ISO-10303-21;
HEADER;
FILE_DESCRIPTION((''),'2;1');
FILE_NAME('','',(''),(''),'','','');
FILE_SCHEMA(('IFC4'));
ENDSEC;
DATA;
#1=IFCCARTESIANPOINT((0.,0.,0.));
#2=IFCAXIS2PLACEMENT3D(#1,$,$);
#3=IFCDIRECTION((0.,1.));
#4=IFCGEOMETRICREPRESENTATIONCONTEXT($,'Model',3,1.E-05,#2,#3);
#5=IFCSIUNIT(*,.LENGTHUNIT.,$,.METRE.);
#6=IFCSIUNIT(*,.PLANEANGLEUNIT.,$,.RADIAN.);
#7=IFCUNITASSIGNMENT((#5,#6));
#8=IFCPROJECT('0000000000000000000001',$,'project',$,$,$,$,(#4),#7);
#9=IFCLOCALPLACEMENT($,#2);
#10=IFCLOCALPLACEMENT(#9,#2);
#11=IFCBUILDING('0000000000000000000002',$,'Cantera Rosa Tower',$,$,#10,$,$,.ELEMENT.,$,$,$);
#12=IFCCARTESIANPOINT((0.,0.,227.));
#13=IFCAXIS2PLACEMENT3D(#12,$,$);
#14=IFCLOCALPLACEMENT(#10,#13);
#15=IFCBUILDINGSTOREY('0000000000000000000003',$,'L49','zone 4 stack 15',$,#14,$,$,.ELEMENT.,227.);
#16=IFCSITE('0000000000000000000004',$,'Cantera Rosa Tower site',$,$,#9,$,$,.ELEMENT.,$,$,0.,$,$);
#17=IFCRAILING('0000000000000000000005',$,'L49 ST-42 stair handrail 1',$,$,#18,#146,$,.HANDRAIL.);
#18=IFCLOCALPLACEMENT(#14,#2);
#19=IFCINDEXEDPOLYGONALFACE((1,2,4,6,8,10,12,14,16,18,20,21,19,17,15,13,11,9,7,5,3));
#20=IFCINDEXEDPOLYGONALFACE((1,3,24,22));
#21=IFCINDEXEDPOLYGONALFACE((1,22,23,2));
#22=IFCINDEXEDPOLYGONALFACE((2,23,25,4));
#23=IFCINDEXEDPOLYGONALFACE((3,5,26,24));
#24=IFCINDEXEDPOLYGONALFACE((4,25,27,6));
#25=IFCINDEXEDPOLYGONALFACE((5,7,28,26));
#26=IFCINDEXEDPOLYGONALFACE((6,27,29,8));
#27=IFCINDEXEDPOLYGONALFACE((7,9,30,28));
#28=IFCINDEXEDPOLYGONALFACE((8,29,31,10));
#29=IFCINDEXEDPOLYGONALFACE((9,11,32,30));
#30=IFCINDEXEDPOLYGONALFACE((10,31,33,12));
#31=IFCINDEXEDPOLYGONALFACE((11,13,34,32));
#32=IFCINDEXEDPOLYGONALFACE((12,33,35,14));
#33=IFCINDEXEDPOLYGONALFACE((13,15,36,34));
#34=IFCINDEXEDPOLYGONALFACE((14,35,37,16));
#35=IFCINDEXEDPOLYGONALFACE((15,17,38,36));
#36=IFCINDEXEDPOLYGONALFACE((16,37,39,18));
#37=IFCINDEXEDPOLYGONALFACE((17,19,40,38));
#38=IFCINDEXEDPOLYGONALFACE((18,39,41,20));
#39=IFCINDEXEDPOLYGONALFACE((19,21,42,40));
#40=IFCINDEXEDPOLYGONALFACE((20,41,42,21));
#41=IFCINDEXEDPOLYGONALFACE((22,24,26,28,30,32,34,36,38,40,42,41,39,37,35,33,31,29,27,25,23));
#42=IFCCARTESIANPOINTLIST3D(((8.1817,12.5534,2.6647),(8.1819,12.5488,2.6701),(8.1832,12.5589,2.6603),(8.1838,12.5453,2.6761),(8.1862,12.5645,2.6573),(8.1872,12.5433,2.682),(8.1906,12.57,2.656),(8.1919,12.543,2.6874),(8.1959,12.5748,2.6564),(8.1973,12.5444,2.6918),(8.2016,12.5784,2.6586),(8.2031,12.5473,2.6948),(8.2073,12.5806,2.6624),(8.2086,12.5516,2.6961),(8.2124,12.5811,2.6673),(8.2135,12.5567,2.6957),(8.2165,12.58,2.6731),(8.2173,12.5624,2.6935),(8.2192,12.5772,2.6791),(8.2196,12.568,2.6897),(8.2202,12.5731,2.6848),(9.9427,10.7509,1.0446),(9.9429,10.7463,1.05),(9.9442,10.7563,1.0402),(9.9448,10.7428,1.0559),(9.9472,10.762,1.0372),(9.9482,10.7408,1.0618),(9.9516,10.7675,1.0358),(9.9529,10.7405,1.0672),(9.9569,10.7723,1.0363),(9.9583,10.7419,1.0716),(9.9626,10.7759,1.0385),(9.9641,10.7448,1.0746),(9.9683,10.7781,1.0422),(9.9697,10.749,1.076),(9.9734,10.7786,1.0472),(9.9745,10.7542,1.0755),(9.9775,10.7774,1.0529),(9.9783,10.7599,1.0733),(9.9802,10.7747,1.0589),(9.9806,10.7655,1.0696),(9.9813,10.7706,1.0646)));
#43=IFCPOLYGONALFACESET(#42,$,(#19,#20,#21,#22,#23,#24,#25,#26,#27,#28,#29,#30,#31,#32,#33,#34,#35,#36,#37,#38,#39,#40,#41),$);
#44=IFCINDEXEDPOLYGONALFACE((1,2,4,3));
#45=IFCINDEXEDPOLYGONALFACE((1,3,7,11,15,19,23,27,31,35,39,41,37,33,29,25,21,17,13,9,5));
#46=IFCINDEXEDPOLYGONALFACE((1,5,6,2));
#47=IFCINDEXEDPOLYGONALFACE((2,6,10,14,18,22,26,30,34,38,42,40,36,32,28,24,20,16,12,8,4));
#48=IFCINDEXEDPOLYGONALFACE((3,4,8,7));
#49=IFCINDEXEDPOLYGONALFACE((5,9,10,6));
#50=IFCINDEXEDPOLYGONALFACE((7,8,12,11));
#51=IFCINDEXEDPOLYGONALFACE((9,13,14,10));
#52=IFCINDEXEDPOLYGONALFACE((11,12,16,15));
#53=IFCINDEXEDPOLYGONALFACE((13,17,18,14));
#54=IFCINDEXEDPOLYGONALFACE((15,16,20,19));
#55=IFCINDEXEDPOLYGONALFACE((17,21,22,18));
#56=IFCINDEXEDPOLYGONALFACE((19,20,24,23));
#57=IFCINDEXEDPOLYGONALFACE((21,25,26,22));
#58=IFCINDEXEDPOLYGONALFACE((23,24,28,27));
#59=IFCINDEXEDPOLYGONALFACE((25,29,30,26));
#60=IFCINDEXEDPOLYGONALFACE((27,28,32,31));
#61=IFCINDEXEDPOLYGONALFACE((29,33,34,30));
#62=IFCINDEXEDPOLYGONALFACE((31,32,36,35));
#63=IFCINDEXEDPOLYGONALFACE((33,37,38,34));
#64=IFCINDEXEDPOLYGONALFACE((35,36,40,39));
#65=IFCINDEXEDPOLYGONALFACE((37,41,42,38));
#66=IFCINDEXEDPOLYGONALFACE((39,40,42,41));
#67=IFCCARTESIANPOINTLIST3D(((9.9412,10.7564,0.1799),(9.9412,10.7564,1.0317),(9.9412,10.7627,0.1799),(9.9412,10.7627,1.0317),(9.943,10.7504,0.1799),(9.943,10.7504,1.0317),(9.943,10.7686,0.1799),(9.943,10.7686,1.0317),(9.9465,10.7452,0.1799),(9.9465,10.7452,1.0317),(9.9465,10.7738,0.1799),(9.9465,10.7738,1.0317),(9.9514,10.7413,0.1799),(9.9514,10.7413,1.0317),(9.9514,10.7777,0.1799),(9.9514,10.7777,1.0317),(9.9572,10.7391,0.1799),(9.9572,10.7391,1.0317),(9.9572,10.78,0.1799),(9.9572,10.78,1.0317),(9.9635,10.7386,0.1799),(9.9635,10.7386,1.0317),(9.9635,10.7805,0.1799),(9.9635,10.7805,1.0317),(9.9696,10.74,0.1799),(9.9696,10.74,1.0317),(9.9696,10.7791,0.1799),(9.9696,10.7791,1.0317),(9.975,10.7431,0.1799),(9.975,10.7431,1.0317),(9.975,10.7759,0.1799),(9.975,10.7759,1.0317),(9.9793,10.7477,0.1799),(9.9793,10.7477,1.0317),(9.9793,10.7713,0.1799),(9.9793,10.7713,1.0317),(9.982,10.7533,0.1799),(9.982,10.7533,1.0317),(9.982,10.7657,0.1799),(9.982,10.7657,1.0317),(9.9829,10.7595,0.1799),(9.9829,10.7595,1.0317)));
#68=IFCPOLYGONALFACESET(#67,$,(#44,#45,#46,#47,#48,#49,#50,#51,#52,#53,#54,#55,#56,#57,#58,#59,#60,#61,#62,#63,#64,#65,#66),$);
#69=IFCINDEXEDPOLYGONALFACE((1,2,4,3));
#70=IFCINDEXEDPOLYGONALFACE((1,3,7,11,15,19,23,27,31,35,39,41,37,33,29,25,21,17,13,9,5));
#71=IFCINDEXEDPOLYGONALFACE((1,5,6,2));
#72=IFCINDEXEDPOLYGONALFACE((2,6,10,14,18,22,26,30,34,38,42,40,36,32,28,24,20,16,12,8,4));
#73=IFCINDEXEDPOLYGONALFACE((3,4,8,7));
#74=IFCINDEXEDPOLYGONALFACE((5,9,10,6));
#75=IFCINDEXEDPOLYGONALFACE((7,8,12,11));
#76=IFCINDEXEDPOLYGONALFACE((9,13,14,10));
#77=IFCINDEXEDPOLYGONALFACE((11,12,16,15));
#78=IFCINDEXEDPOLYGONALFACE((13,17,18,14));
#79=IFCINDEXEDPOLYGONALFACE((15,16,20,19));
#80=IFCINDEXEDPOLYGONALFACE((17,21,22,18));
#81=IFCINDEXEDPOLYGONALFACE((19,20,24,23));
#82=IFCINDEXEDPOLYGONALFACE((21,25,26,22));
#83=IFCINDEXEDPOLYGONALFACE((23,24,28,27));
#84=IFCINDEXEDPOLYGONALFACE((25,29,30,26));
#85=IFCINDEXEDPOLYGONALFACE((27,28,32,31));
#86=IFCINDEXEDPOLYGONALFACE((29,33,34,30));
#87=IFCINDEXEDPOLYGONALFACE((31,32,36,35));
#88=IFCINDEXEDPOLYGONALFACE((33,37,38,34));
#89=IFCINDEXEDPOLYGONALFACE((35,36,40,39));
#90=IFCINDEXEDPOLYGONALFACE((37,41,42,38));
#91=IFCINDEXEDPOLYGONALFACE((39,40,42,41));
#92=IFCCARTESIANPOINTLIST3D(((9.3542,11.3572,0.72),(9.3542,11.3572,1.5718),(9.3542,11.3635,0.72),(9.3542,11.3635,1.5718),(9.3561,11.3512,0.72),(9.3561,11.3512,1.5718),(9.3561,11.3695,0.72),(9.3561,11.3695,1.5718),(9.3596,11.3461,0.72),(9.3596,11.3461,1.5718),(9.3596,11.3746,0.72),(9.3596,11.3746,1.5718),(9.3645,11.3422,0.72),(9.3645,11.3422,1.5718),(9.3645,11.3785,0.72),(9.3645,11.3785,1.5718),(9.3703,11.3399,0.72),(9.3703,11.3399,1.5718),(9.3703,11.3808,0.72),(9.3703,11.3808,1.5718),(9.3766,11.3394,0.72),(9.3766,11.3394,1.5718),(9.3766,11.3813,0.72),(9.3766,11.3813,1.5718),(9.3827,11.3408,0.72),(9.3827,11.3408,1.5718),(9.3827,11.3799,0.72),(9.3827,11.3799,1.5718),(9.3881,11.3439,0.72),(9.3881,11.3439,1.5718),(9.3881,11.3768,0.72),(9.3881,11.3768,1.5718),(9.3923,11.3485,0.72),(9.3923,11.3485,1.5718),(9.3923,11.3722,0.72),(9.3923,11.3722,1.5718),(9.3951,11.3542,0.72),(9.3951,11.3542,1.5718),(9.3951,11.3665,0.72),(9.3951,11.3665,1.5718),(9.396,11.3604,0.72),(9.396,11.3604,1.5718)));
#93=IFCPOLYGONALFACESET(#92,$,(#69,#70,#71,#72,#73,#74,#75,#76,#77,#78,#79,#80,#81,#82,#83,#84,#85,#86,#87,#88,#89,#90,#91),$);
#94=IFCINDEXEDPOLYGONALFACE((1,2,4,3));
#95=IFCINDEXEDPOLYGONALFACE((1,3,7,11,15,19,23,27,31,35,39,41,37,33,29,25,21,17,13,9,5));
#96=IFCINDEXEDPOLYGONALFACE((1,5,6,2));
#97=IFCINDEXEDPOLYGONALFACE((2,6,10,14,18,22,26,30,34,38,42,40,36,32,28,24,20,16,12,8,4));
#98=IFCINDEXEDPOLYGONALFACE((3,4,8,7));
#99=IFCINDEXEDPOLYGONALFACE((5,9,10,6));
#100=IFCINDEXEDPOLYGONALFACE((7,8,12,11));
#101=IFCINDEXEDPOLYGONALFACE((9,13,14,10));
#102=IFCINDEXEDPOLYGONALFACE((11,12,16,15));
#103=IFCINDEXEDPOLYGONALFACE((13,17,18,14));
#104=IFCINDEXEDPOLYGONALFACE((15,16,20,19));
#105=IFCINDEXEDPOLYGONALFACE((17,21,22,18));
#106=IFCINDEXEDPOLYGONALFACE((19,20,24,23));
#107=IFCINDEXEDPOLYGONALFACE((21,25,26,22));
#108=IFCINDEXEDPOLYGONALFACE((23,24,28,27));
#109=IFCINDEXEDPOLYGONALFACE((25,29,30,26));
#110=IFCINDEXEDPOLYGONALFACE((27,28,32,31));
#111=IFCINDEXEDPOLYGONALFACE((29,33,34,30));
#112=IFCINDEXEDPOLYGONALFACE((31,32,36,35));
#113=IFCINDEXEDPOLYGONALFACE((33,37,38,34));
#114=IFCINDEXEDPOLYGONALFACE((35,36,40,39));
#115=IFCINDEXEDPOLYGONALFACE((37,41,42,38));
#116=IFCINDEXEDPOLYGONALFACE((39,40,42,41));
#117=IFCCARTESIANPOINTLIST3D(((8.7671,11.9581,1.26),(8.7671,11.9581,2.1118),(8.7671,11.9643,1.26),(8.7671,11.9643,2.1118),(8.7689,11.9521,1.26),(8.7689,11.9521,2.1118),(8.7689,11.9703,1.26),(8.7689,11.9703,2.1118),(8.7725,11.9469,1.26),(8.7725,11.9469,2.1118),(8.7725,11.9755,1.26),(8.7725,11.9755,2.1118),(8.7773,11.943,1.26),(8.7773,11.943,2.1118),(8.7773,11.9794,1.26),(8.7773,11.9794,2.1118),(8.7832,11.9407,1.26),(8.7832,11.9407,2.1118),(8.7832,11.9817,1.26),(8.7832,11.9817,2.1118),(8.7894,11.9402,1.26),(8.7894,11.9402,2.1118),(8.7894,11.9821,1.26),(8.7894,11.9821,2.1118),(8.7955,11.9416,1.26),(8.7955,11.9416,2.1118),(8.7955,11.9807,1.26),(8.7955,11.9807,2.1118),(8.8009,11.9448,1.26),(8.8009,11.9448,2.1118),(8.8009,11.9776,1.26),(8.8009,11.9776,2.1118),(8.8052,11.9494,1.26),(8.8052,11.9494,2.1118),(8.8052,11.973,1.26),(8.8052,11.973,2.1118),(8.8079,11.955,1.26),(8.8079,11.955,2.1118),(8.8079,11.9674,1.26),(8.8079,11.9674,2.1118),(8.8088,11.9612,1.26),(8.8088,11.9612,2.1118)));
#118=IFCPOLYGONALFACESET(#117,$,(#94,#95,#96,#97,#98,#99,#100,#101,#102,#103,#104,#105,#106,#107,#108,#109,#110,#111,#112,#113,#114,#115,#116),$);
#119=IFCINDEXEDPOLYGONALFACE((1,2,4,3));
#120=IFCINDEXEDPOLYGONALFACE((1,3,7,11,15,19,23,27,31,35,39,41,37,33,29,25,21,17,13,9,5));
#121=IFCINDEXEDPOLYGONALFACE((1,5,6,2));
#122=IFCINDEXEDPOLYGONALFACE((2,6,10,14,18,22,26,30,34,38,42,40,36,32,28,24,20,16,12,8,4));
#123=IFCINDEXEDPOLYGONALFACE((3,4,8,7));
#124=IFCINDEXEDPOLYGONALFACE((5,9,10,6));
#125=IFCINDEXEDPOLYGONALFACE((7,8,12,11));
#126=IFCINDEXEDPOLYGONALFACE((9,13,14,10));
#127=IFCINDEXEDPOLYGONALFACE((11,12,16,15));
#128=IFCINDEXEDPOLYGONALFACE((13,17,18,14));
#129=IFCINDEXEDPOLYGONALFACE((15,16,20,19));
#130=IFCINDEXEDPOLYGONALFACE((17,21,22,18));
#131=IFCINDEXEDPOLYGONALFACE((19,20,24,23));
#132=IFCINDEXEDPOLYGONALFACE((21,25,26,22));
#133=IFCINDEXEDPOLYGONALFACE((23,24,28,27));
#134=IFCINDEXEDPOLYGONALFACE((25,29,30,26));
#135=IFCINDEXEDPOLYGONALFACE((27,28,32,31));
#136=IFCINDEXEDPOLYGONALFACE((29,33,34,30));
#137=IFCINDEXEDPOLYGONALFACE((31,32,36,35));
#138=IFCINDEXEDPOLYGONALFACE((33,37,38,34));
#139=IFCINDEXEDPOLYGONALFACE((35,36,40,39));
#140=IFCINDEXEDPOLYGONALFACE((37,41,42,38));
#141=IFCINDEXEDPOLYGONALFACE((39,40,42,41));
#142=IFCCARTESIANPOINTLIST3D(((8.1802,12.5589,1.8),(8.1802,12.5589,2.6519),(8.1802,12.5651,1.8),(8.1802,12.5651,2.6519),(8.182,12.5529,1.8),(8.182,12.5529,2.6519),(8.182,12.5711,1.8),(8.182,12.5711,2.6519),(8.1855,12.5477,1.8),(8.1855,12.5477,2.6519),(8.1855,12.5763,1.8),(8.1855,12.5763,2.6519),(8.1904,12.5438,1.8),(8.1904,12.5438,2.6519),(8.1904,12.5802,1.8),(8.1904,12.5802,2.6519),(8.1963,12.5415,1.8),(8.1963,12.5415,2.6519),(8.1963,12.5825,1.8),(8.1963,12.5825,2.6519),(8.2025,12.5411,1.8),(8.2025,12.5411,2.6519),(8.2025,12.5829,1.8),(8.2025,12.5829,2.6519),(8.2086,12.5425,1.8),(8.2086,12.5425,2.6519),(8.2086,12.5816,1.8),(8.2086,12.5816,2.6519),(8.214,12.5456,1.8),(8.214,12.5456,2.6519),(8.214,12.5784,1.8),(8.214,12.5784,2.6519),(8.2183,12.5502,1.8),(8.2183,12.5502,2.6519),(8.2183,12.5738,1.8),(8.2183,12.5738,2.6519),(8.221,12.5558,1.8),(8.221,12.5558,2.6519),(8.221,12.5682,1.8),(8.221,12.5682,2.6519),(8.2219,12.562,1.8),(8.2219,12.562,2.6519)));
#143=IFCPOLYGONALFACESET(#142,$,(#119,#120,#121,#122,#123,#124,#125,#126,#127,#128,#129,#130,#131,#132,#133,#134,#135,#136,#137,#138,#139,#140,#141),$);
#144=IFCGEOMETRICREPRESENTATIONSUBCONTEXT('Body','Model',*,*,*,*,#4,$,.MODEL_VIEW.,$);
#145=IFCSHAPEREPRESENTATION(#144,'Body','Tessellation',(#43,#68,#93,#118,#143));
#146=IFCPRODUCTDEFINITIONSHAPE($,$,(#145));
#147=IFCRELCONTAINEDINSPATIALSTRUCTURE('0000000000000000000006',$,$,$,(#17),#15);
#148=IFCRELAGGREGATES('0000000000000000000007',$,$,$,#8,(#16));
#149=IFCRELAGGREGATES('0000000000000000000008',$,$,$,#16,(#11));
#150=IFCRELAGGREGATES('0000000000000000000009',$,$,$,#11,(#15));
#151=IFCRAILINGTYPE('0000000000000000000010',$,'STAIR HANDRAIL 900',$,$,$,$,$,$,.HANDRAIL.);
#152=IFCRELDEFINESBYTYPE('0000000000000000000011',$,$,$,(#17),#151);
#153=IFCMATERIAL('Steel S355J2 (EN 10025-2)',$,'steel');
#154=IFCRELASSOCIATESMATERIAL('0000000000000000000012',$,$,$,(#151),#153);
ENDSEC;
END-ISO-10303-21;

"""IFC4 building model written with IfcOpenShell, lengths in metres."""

from ifc_helpers import new_model, si_unit, direction, frame, origin, origin_2d, place, context, subcontext, project, spatial, circle, extrude, material, type_object, element, save


model = new_model("IFC4")

# Units and contexts
model_context = context("Model", 3, precision=1e-05, world=origin(), true_north=direction((0.0, 1.0)))
body_context = subcontext(model_context, "Body", "Model", "MODEL_VIEW")
ifc_project = project(units=[si_unit("LENGTHUNIT", "METRE"), si_unit("PLANEANGLEUNIT", "RADIAN")], contexts=[model_context])

# Site, building, storey
site_placement = place(None, origin())
site = spatial("IfcSite", under=ifc_project, at=site_placement, Name="Cantera Rosa Tower site", CompositionType="ELEMENT", RefElevation=0.0)
building_placement = place(site_placement, origin())
building = spatial("IfcBuilding", under=site, at=building_placement, Name="Cantera Rosa Tower", CompositionType="ELEMENT")
storey_placement = place(building_placement, frame((0.0, 0.0, 227.0)))
storey = spatial("IfcBuildingStorey", under=building, at=storey_placement, Name="L49", Description="zone 4 stack 15", CompositionType="ELEMENT", Elevation=227.0)

# Railing
ifc_material_1 = material(Name="Steel S355J2 (EN 10025-2)", Category="steel")
railing_type_1 = type_object("IfcRailingType", Name="STAIR HANDRAIL 900", PredefinedType="HANDRAIL", material=ifc_material_1)
railing_1_placement = place(storey_placement, frame((9.9619, 10.7595, 0.1799)))
element("IfcRailing", 1, at=railing_1_placement, inside=storey, type_object=railing_type_1, Name="L49 ST-42 stair handrail 1", PredefinedType="HANDRAIL", context=body_context, shape_type="SweptSolid", body=[
    extrude(circle(Radius=0.0239, at=origin_2d()), frame((0.0, 0.0, 0.876), z_axis=(-0.587818, 0.601672, 0.540796), x_axis=(-0.715294, -0.698824, 0.0)), (0.0, 0.0, 1.0), 2.9958),
    extrude(circle(Radius=0.021, at=origin_2d()), origin(), (0.0, 0.0, 1.0), 0.8518),
    extrude(circle(Radius=0.021, at=origin_2d()), frame((-0.5869, 0.6008, 0.54)), (0.0, 0.0, 1.0), 0.8518),
    extrude(circle(Radius=0.021, at=origin_2d()), frame((-1.1741, 1.2017, 1.0801)), (0.0, 0.0, 1.0), 0.8518),
    extrude(circle(Radius=0.021, at=origin_2d()), frame((-1.761, 1.8025, 1.6201)), (0.0, 0.0, 1.0), 0.8518),
])

save(model, "model.ifc")
